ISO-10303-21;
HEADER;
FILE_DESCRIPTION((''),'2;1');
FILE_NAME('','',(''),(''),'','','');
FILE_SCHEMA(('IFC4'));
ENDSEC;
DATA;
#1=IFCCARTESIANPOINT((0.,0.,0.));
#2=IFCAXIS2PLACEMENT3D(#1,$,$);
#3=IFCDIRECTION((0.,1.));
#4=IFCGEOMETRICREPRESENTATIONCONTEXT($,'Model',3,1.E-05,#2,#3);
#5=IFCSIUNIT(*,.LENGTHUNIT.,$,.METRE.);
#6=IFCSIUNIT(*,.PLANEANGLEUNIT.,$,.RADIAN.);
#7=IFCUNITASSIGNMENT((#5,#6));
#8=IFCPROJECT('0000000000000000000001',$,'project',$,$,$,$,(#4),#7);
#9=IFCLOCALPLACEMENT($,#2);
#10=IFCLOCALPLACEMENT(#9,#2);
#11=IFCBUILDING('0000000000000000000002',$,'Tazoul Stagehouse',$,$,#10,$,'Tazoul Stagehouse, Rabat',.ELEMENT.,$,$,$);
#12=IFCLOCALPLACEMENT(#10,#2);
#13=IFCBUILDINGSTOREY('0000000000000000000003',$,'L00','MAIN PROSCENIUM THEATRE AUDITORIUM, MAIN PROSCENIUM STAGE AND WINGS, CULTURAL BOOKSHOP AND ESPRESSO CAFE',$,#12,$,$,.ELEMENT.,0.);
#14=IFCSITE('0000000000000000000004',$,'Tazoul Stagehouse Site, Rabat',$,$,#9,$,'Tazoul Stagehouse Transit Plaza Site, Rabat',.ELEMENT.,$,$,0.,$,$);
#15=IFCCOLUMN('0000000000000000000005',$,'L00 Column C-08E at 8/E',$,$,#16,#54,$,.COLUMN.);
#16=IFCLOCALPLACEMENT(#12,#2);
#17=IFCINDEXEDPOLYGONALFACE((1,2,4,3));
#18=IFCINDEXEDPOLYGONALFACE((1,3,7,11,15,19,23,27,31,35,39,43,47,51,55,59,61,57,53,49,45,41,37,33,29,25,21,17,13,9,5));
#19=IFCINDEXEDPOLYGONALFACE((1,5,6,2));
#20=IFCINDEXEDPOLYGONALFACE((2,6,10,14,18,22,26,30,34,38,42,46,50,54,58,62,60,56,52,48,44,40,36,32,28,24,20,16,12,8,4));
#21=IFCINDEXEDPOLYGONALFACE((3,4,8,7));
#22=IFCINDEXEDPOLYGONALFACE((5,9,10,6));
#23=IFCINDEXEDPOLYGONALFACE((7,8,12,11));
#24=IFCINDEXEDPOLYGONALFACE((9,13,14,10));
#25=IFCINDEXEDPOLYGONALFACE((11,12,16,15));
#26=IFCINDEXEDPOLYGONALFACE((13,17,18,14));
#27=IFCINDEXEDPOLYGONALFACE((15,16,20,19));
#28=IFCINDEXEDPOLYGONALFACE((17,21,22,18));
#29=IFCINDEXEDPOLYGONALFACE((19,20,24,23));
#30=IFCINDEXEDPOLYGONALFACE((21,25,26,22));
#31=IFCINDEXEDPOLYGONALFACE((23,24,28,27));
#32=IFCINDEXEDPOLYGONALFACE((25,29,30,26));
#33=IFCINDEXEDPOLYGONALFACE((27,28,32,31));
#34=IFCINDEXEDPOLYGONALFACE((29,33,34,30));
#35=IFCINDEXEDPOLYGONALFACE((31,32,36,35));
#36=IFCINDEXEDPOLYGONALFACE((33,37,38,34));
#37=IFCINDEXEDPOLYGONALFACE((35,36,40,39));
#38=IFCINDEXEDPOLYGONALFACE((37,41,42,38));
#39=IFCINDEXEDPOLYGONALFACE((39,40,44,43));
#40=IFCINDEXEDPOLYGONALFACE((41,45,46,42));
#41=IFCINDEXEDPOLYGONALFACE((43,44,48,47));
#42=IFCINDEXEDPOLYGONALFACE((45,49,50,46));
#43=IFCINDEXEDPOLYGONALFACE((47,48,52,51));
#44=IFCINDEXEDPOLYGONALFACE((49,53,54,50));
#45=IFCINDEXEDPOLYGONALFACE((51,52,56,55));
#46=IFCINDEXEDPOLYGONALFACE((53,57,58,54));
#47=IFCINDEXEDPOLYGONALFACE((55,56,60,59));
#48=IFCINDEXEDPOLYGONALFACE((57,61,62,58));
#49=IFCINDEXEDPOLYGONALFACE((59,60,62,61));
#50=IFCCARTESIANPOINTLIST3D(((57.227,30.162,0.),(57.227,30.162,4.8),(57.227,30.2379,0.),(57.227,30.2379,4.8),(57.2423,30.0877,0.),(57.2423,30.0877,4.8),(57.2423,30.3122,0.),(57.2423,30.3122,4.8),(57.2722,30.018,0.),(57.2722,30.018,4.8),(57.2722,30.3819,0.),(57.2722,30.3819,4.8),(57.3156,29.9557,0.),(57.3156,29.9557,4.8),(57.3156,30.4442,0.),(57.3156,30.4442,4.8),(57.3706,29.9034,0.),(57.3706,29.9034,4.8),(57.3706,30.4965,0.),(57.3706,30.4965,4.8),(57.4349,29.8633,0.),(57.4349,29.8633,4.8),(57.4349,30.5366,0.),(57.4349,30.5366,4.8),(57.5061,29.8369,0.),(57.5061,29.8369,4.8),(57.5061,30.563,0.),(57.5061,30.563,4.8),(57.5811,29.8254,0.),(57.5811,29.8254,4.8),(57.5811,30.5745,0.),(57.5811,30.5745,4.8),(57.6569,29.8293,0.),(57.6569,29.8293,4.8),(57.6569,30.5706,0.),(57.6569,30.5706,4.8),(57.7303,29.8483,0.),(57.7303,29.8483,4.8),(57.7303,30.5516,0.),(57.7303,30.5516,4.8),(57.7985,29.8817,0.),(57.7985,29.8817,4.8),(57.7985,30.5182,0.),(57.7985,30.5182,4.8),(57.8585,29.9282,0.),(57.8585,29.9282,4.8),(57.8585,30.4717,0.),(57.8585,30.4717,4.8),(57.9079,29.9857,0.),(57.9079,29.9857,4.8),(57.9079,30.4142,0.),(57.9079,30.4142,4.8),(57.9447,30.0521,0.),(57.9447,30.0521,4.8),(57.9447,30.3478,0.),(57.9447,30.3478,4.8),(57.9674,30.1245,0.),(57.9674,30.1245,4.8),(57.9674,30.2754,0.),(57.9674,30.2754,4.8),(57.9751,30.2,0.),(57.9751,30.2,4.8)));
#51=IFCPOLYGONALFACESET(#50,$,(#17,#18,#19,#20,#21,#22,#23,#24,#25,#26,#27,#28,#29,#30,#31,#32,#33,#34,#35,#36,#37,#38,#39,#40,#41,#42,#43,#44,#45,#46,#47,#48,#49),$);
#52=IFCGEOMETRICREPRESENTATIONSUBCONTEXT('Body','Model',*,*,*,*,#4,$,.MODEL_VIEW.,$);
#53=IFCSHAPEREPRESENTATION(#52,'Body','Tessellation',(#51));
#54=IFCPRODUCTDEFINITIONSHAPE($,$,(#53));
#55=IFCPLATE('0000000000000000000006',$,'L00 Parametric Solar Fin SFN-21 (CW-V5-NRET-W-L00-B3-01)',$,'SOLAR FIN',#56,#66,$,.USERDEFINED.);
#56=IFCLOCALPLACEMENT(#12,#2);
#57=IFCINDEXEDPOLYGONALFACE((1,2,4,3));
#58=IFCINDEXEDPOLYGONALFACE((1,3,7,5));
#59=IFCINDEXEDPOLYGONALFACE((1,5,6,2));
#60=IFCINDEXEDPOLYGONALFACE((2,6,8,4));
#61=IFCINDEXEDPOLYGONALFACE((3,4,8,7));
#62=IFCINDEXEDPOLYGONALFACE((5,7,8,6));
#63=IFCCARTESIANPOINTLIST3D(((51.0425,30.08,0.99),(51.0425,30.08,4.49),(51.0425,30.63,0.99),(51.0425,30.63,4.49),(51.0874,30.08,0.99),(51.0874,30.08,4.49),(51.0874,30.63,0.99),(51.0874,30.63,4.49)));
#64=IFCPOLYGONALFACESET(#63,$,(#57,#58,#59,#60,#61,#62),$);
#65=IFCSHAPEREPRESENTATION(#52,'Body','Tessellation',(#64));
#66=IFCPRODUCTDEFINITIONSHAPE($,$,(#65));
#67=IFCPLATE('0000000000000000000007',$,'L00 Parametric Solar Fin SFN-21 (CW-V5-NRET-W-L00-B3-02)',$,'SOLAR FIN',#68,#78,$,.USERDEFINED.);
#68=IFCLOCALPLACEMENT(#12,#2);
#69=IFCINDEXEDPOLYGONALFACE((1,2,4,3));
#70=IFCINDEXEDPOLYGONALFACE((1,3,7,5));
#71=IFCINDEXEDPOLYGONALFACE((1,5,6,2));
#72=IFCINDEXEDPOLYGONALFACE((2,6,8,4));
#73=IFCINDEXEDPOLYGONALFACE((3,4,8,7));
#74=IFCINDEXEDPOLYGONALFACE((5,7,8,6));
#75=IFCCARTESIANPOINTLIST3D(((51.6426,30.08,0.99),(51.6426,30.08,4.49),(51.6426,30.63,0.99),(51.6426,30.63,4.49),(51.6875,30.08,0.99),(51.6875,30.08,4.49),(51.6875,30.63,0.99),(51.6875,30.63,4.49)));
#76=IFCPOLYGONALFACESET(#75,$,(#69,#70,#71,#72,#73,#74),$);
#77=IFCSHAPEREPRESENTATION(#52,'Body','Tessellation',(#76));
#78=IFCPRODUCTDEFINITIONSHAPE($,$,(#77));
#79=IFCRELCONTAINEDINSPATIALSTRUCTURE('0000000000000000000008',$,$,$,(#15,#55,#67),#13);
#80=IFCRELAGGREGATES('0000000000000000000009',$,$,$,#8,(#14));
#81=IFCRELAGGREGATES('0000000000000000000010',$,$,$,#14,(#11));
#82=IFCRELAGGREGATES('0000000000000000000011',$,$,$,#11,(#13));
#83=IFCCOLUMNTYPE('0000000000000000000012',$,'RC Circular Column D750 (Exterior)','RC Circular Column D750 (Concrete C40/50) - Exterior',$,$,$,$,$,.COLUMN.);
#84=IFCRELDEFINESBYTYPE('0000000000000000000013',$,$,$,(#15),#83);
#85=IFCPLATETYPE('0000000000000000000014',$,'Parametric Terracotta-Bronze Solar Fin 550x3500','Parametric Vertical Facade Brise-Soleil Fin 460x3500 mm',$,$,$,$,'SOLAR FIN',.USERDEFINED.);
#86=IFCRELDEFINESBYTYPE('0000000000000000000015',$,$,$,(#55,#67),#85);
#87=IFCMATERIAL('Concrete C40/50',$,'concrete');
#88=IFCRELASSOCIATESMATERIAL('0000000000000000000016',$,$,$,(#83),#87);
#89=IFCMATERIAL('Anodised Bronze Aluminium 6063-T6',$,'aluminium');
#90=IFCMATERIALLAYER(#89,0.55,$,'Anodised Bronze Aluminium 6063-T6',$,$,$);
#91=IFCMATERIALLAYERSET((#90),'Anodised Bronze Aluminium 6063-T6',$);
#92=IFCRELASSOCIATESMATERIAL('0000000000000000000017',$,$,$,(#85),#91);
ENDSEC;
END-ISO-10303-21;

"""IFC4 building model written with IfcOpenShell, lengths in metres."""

from ifc_helpers import new_model, si_unit, direction, frame, origin, origin_2d, place, context, subcontext, project, spatial, rectangle, circle, extrude, material, layer, layer_set, material_profile, profile_set, type_object, element, save


model = new_model("IFC4")

# Units and contexts
model_context = context("Model", 3, precision=1e-05, world=origin(), true_north=direction((0.0, 1.0)))
body_context = subcontext(model_context, "Body", "Model", "MODEL_VIEW")
ifc_project = project(units=[si_unit("LENGTHUNIT", "METRE"), si_unit("PLANEANGLEUNIT", "RADIAN")], contexts=[model_context])

# Site, building, storey
site_placement = place(None, origin())
site = spatial("IfcSite", under=ifc_project, at=site_placement, Name="Tazoul Stagehouse Site, Rabat", LongName="Tazoul Stagehouse Transit Plaza Site, Rabat", CompositionType="ELEMENT", RefElevation=0.0)
building_placement = place(site_placement, origin())
building = spatial("IfcBuilding", under=site, at=building_placement, Name="Tazoul Stagehouse", LongName="Tazoul Stagehouse, Rabat", CompositionType="ELEMENT")
storey_placement = place(building_placement, origin())
storey = spatial("IfcBuildingStorey", under=building, at=storey_placement, Name="L00", Description="MAIN PROSCENIUM THEATRE AUDITORIUM, MAIN PROSCENIUM STAGE AND WINGS, CULTURAL BOOKSHOP AND ESPRESSO CAFE", CompositionType="ELEMENT", Elevation=0.0)

# Column
ifc_material_1 = material(Name="Concrete C40/50", Category="concrete")
ifc_material_profile_1 = material_profile(ifc_material_1, circle(Radius=0.375, at=origin_2d()), Name="RC D750")
ifc_profile_set_1 = profile_set([ifc_material_profile_1], Name="Concrete C40/50")
column_type = type_object("IfcColumnType", Name="RC Circular Column D750 (Exterior)", Description="RC Circular Column D750 (Concrete C40/50) - Exterior", PredefinedType="COLUMN", material=ifc_profile_set_1)
column_placement = place(storey_placement, frame((57.6001, 30.2, 0.0), z_axis=(0.0, 0.0, 1.0), x_axis=(1.0, 0.0, 0.0)))
element("IfcColumn", 1, at=column_placement, inside=storey, type_object=column_type, Name="L00 Column C-08E at 8/E", PredefinedType="COLUMN", context=body_context, shape_type="SweptSolid", body=[
    extrude(circle(Radius=0.375, at=origin_2d()), origin(), (0.0, 0.0, 1.0), 4.8),
])

# Shared definitions
ifc_material_2 = material(Name="Anodised Bronze Aluminium 6063-T6", Category="aluminium")

# Plates
ifc_layer_1 = layer(ifc_material_2, 0.55, Name="Anodised Bronze Aluminium 6063-T6")
ifc_layer_set_1 = layer_set([ifc_layer_1], Name="Anodised Bronze Aluminium 6063-T6")
plate_type_1 = type_object("IfcPlateType", Name="Parametric Terracotta-Bronze Solar Fin 550x3500", Description="Parametric Vertical Facade Brise-Soleil Fin 460x3500 mm", ElementType="SOLAR FIN", PredefinedType="USERDEFINED", material=ifc_layer_set_1)
for number, where, z_axis, x_axis, name in (
    (2, (51.0649, 30.355, 0.99), (0.0, 0.0, 1.0), (1.0, 0.0, 0.0), "L00 Parametric Solar Fin SFN-21 (CW-V5-NRET-W-L00-B3-01)"),
    (3, (51.665, 30.355, 0.99), (0.0, 0.0, 1.0), (1.0, 0.0, 0.0), "L00 Parametric Solar Fin SFN-21 (CW-V5-NRET-W-L00-B3-02)"),
):
    element("IfcPlate", number, at=place(storey_placement, frame(where, z_axis=z_axis, x_axis=x_axis)), inside=storey, type_object=plate_type_1, Name=name, ObjectType="SOLAR FIN", PredefinedType="USERDEFINED", context=body_context, shape_type="SweptSolid", body=[
        extrude(rectangle(XDim=0.0449, YDim=0.55, at=origin_2d()), origin(), (0.0, 0.0, 1.0), 3.5),
    ])

save(model, "model.ifc")
